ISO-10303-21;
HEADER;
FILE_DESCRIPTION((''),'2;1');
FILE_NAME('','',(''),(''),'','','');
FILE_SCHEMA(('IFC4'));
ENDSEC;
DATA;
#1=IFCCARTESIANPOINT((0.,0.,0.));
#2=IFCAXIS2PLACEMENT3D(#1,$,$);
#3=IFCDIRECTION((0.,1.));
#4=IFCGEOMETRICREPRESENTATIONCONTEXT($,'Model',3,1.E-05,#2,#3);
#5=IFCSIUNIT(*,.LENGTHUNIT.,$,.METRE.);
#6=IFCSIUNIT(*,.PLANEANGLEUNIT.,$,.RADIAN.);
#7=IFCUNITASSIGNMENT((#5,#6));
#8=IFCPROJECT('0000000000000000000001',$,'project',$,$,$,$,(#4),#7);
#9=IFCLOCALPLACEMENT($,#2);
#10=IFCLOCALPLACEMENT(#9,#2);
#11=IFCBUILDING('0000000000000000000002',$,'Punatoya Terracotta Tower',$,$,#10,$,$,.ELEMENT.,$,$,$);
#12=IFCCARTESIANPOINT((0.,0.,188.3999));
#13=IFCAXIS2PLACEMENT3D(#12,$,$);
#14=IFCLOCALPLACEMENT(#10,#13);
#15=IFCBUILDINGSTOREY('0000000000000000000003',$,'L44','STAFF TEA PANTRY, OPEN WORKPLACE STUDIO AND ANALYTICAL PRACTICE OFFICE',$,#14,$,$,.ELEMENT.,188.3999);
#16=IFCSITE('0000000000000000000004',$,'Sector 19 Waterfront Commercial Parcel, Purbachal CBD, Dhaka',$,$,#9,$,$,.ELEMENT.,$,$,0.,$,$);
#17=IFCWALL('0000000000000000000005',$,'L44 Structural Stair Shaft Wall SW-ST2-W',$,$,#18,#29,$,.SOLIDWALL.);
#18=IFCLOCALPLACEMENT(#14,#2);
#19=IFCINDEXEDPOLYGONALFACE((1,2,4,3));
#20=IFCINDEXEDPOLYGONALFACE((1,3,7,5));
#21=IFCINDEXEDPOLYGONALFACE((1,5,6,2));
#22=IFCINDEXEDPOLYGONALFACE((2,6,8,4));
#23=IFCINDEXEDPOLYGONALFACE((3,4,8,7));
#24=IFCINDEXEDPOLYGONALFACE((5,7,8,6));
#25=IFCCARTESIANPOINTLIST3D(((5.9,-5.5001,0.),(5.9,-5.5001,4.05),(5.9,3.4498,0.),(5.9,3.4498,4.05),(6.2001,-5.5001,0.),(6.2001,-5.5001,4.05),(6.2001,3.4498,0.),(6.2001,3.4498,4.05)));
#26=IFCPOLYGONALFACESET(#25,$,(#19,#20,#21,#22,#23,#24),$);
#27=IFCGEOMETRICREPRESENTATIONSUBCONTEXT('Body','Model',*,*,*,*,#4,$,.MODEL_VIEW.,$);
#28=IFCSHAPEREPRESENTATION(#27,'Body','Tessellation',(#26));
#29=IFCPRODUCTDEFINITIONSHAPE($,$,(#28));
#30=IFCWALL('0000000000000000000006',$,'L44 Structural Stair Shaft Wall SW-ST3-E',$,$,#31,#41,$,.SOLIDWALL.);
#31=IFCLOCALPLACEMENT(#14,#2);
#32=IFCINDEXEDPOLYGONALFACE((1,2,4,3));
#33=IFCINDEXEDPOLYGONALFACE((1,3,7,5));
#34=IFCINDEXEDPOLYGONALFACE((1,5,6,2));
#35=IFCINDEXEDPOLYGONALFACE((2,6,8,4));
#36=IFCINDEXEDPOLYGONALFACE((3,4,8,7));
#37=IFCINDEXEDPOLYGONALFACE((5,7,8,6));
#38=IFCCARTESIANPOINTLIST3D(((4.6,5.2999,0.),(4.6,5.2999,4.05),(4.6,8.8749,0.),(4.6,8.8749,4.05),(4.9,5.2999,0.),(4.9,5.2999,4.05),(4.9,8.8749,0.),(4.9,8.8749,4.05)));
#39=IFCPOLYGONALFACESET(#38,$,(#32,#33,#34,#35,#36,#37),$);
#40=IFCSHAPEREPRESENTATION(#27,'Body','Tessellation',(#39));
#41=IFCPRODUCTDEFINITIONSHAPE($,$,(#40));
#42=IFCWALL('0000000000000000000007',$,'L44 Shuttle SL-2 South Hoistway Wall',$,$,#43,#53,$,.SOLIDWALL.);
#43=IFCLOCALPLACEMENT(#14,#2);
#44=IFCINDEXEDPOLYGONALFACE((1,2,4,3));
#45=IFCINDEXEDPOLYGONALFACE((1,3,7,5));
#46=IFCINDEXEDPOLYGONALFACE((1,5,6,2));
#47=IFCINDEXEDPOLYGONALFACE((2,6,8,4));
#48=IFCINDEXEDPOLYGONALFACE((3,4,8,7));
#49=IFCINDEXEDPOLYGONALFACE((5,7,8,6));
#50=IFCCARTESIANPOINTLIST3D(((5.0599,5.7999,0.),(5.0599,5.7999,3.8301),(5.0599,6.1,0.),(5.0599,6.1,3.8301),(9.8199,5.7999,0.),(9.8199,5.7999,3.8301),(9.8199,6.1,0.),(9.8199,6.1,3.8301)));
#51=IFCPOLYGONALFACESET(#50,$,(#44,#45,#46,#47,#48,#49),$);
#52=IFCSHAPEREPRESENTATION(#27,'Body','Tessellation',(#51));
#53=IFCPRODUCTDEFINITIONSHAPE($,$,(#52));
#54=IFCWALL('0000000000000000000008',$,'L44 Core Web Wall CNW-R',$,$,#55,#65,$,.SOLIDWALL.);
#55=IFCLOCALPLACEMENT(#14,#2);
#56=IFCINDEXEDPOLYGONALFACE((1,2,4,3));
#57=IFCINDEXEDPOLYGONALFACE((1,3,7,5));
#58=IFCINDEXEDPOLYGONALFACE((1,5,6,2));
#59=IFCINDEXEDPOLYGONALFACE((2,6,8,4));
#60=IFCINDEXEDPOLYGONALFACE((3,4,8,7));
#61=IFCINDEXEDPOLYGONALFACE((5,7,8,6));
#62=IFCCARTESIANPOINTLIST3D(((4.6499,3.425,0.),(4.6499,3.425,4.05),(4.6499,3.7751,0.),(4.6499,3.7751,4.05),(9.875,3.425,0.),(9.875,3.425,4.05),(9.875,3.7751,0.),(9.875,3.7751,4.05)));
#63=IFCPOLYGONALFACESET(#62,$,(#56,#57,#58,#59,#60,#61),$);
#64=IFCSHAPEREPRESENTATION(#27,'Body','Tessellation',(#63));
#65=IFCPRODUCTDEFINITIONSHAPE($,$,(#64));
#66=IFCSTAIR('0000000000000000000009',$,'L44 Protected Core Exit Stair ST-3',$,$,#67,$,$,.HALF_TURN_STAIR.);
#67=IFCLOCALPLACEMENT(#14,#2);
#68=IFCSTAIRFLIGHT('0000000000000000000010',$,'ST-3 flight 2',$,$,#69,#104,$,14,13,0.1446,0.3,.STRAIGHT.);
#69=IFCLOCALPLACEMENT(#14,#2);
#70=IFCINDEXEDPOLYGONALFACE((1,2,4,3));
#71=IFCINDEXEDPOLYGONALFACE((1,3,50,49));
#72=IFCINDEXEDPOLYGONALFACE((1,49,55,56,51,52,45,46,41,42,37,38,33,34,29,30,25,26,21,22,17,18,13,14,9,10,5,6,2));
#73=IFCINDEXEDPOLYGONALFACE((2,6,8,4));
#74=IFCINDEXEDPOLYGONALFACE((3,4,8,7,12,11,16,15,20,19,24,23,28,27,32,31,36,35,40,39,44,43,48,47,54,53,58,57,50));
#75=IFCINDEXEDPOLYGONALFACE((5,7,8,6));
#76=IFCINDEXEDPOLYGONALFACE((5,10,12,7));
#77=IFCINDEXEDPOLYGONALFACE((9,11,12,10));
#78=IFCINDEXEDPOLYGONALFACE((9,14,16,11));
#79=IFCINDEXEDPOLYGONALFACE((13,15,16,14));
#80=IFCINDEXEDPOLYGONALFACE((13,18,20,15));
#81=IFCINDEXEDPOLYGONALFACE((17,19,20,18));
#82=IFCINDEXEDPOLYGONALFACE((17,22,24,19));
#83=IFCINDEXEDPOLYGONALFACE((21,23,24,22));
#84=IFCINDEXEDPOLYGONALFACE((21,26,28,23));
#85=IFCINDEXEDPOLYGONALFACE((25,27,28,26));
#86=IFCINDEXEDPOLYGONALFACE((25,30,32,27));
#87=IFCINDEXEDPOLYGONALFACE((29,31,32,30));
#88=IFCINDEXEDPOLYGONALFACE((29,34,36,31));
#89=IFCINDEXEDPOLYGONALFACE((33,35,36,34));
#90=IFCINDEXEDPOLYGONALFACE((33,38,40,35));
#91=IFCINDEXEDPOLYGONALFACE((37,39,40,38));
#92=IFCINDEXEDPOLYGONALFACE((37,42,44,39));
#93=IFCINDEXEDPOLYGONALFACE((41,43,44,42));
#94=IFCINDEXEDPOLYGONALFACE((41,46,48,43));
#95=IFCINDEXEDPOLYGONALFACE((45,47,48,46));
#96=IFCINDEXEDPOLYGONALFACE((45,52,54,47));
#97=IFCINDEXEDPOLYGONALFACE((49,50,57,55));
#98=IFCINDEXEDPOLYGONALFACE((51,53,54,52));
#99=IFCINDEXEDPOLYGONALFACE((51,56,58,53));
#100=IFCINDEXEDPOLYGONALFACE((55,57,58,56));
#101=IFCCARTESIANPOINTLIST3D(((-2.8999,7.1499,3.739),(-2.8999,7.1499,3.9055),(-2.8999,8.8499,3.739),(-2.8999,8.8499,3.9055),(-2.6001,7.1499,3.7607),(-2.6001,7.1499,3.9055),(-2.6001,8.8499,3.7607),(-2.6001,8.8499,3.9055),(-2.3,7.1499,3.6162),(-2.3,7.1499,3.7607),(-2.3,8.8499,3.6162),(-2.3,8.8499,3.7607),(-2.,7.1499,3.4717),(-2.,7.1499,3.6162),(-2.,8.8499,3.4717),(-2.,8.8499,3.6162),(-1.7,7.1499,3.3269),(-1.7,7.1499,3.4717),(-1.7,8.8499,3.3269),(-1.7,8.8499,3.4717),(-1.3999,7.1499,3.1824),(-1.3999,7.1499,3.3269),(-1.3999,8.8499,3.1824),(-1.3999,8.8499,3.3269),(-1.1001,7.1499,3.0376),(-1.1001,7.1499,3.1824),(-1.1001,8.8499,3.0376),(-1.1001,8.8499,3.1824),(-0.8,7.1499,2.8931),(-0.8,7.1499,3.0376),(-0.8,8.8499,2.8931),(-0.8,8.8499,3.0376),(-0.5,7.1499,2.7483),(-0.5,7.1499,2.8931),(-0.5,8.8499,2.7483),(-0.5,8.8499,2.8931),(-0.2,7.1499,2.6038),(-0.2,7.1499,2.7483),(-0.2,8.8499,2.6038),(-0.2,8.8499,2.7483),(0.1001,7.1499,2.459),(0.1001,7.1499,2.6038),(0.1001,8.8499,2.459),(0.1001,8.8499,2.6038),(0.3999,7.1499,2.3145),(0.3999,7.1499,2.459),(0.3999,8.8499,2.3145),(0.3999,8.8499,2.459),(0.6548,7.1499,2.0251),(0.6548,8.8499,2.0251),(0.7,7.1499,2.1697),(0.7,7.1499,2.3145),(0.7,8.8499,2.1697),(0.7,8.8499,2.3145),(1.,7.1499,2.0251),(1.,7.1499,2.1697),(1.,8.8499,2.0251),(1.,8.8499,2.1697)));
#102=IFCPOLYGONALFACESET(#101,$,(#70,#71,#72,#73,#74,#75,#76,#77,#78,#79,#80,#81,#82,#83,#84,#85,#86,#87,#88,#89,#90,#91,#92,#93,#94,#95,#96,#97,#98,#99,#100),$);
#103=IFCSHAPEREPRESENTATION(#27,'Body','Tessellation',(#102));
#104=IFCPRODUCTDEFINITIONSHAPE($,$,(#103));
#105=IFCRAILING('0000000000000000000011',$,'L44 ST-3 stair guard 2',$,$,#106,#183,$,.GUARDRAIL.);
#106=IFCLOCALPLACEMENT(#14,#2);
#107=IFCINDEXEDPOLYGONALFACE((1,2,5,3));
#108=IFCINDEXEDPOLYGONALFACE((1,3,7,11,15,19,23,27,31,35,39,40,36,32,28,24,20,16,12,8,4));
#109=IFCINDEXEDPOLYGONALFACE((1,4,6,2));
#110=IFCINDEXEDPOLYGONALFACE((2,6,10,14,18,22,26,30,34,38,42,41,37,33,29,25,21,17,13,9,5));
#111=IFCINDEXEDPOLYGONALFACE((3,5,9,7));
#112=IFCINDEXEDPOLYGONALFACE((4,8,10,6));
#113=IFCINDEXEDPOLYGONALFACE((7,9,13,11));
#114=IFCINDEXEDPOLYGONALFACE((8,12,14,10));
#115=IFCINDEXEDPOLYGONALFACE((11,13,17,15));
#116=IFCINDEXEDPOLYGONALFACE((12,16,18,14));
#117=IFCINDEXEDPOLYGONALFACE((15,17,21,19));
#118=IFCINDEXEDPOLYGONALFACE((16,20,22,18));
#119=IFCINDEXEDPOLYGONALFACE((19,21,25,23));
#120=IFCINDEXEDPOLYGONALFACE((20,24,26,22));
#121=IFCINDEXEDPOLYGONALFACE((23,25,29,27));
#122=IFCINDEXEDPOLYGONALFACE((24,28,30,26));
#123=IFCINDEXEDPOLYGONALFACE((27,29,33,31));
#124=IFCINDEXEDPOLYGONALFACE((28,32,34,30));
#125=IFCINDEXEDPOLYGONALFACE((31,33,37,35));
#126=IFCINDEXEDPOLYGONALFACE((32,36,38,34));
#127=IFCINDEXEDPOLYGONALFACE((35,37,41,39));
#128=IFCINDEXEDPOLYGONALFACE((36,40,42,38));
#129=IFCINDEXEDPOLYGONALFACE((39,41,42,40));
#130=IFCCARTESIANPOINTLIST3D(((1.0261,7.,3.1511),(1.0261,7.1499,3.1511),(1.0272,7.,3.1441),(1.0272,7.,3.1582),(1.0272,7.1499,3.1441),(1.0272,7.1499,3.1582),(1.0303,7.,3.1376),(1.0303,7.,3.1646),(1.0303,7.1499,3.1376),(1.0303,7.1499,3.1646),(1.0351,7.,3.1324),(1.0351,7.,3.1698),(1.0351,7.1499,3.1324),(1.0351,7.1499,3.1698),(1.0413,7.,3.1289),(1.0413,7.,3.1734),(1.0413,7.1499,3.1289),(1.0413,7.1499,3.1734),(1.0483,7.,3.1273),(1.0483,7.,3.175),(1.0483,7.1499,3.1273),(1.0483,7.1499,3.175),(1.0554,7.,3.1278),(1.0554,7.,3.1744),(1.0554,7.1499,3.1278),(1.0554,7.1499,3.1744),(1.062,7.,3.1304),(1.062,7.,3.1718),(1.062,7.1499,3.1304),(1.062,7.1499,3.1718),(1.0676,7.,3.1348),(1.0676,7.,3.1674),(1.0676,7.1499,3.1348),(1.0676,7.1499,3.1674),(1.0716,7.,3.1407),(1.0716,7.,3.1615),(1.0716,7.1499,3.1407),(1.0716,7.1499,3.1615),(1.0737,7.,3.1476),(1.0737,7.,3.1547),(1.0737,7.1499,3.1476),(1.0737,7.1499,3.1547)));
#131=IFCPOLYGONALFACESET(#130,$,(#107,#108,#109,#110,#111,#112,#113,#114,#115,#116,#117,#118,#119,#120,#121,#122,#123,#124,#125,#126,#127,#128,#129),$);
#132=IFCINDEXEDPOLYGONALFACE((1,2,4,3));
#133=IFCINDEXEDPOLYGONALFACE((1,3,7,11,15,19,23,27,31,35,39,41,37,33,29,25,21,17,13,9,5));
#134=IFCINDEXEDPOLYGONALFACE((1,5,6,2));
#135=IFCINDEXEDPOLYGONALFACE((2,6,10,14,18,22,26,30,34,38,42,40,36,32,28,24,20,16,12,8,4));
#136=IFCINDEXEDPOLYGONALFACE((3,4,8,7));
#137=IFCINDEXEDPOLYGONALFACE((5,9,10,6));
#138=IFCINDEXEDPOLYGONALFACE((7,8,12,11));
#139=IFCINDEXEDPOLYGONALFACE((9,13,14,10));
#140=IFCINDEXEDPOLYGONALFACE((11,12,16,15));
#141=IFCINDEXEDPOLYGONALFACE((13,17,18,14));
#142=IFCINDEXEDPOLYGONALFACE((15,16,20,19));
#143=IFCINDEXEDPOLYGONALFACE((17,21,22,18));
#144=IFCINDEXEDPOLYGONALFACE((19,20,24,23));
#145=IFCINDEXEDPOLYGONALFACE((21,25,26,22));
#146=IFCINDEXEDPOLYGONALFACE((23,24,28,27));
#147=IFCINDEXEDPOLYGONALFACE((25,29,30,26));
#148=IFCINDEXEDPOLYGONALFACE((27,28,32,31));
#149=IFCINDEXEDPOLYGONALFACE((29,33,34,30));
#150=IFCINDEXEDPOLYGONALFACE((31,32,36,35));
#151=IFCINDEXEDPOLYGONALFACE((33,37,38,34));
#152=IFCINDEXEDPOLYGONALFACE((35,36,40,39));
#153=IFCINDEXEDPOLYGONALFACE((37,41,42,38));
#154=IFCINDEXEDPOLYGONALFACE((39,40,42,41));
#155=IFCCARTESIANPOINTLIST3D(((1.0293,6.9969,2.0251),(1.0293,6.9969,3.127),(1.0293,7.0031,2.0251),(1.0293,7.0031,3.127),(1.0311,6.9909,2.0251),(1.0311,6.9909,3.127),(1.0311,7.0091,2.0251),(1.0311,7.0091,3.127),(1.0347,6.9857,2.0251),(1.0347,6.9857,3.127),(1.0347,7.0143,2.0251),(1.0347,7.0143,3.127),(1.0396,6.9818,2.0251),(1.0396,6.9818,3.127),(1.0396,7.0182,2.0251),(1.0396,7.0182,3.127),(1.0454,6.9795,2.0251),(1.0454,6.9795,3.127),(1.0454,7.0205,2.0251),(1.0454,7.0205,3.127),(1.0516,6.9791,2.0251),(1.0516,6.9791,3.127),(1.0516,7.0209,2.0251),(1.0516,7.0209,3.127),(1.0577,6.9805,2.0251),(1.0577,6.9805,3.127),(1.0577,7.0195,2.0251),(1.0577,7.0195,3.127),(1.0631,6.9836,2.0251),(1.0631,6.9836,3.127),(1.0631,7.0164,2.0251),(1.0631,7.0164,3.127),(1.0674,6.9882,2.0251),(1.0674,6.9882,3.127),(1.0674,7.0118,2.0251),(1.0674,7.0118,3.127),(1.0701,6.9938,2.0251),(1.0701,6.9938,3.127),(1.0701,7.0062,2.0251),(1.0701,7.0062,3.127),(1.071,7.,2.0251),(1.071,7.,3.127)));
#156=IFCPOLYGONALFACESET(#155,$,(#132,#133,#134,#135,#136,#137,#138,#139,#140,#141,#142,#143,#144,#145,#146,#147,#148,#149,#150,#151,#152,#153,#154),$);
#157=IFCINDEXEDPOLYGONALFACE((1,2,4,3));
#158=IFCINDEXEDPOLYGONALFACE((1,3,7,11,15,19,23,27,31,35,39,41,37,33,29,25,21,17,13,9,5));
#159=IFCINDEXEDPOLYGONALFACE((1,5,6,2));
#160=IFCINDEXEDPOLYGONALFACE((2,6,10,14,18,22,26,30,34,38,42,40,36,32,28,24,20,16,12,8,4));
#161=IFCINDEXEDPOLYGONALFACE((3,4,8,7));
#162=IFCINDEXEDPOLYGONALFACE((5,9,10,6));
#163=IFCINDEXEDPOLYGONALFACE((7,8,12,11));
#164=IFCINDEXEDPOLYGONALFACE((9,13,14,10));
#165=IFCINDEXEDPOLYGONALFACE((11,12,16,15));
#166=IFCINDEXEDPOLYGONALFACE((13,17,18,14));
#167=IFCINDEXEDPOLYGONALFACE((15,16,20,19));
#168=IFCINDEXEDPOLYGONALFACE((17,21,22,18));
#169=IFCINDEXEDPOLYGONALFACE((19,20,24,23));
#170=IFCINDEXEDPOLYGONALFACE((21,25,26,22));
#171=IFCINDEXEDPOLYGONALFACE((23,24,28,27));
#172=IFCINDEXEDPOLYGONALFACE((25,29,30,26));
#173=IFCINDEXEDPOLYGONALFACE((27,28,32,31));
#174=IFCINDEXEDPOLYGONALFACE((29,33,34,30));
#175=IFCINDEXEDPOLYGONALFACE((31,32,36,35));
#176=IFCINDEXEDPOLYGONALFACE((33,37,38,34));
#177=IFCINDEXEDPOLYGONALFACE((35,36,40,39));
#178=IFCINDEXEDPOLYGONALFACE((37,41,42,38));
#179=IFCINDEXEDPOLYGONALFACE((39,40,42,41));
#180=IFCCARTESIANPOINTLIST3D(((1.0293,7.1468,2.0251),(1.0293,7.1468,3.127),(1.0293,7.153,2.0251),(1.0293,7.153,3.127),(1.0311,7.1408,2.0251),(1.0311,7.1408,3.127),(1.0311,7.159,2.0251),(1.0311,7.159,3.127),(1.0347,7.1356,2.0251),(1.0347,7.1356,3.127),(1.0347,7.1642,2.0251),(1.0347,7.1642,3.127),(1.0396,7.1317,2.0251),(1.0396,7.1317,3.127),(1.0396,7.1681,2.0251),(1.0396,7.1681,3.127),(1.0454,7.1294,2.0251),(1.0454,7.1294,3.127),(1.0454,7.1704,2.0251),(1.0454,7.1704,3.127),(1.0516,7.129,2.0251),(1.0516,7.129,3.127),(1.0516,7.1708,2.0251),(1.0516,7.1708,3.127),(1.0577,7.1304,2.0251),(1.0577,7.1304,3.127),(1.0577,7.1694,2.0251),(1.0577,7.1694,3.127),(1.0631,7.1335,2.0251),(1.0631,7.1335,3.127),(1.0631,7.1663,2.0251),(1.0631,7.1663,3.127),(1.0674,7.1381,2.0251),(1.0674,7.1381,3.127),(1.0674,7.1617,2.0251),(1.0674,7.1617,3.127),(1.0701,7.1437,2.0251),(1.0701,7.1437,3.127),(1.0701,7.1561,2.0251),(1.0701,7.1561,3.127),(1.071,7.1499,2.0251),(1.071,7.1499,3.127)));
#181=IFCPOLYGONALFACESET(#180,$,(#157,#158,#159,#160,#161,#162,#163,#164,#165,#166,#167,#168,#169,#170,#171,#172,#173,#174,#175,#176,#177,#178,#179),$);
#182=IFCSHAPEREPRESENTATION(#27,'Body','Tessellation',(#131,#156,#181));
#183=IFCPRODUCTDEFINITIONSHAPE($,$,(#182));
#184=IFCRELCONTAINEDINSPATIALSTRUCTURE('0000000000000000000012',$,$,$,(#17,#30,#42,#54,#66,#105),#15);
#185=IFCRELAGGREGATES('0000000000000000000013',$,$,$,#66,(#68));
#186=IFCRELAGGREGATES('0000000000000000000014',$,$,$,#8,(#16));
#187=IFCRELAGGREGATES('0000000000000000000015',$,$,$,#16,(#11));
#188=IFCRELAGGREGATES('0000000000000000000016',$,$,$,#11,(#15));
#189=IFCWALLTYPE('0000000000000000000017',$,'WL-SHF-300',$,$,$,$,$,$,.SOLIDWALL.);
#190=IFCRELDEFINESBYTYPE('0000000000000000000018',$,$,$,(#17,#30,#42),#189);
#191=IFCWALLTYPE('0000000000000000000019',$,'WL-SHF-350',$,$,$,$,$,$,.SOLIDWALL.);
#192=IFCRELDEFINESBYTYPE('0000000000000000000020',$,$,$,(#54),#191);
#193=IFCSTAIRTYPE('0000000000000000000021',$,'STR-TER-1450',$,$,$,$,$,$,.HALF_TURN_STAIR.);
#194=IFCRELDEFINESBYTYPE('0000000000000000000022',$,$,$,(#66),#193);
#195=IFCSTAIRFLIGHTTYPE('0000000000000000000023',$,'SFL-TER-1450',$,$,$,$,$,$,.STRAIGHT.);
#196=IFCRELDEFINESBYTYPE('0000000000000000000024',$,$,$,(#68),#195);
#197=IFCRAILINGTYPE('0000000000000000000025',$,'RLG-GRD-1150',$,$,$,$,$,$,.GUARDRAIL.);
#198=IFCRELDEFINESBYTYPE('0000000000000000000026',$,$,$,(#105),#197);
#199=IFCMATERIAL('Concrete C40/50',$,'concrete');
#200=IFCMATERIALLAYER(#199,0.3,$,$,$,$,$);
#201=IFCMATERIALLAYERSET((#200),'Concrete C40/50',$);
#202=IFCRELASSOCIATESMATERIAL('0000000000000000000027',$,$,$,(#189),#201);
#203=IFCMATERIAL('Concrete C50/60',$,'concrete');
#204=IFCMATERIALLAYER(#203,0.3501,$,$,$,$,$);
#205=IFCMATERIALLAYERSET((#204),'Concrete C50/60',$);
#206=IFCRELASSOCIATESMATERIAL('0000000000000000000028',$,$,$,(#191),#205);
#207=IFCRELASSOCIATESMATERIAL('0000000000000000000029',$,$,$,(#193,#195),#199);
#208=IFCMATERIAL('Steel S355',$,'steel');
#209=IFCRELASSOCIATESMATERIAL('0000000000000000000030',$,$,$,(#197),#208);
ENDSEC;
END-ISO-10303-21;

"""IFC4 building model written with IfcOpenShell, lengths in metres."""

from ifc_helpers import new_model, si_unit, direction, frame, frame_2d, origin, origin_2d, place, context, subcontext, project, spatial, polyline, rectangle, circle, outline, extrude, material, layer, layer_set, type_object, element, aggregate, save


model = new_model("IFC4")

# Units and contexts
model_context = context("Model", 3, precision=1e-05, world=origin(), true_north=direction((0.0, 1.0)))
body_context = subcontext(model_context, "Body", "Model", "MODEL_VIEW")
ifc_project = project(units=[si_unit("LENGTHUNIT", "METRE"), si_unit("PLANEANGLEUNIT", "RADIAN")], contexts=[model_context])

# Site, building, storey
site_placement = place(None, origin())
site = spatial("IfcSite", under=ifc_project, at=site_placement, Name="Sector 19 Waterfront Commercial Parcel, Purbachal CBD, Dhaka", CompositionType="ELEMENT", RefElevation=0.0)
building_placement = place(site_placement, origin())
building = spatial("IfcBuilding", under=site, at=building_placement, Name="Punatoya Terracotta Tower", CompositionType="ELEMENT")
storey_placement = place(building_placement, frame((0.0, 0.0, 188.3999)))
storey = spatial("IfcBuildingStorey", under=building, at=storey_placement, Name="L44", Description="STAFF TEA PANTRY, OPEN WORKPLACE STUDIO AND ANALYTICAL PRACTICE OFFICE", CompositionType="ELEMENT", Elevation=188.3999)

# Shared definitions
ifc_material_1 = material(Name="Steel S355", Category="steel")

# Walls
ifc_material_2 = material(Name="Concrete C40/50", Category="concrete")
ifc_layer_1 = layer(ifc_material_2, 0.3)
ifc_layer_set_1 = layer_set([ifc_layer_1], Name="Concrete C40/50")
wall_type_1 = type_object("IfcWallType", Name="WL-SHF-300", PredefinedType="SOLIDWALL", material=ifc_layer_set_1)
wall_1_placement = place(storey_placement, frame((6.05, 3.45, 0.0), z_axis=(0.0, 0.0, 1.0), x_axis=(0.0, -1.0, 0.0)))
element("IfcWall", 1, at=wall_1_placement, inside=storey, type_object=wall_type_1, Name="L44 Structural Stair Shaft Wall SW-ST2-W", PredefinedType="SOLIDWALL", context=body_context, shape_type="SweptSolid", body=[
    extrude(rectangle(XDim=8.95, YDim=0.3, at=frame_2d((4.4751, 0.0))), origin(), (0.0, 0.0, 1.0), 4.05),
])
wall_2_placement = place(storey_placement, frame((4.75, 8.875, 0.0), z_axis=(0.0, 0.0, 1.0), x_axis=(0.0, -1.0, 0.0)))
element("IfcWall", 2, at=wall_2_placement, inside=storey, type_object=wall_type_1, Name="L44 Structural Stair Shaft Wall SW-ST3-E", PredefinedType="SOLIDWALL", context=body_context, shape_type="SweptSolid", body=[
    extrude(rectangle(XDim=3.575, YDim=0.3, at=frame_2d((1.7876, 0.0))), origin(), (0.0, 0.0, 1.0), 4.05),
])
wall_3_placement = place(storey_placement, frame((5.0601, 5.95, 0.0), z_axis=(0.0, 0.0, 1.0), x_axis=(1.0, 0.0, 0.0)))
element("IfcWall", 3, at=wall_3_placement, inside=storey, type_object=wall_type_1, Name="L44 Shuttle SL-2 South Hoistway Wall", PredefinedType="SOLIDWALL", context=body_context, shape_type="SweptSolid", body=[
    extrude(rectangle(XDim=4.76, YDim=0.3, at=frame_2d((2.3799, 0.0))), origin(), (0.0, 0.0, 1.0), 3.8301),
])
ifc_material_3 = material(Name="Concrete C50/60", Category="concrete")
ifc_layer_2 = layer(ifc_material_3, 0.3501)
ifc_layer_set_2 = layer_set([ifc_layer_2], Name="Concrete C50/60")
wall_type_2 = type_object("IfcWallType", Name="WL-SHF-350", PredefinedType="SOLIDWALL", material=ifc_layer_set_2)
wall_4_placement = place(storey_placement, frame((4.6499, 3.6001, 0.0), z_axis=(0.0, 0.0, 1.0), x_axis=(1.0, 0.0, 0.0)))
element("IfcWall", 4, at=wall_4_placement, inside=storey, type_object=wall_type_2, Name="L44 Core Web Wall CNW-R", PredefinedType="SOLIDWALL", context=body_context, shape_type="SweptSolid", body=[
    extrude(rectangle(XDim=5.2251, YDim=0.3501, at=frame_2d((2.6125, 0.0))), origin(), (0.0, 0.0, 1.0), 4.05),
])

# Stair, stair flight
stair_type = type_object("IfcStairType", Name="STR-TER-1450", PredefinedType="HALF_TURN_STAIR", material=ifc_material_2)
stair_placement = place(storey_placement, origin())
stair = element("IfcStair", 5, at=stair_placement, inside=storey, type_object=stair_type, Name="L44 Protected Core Exit Stair ST-3", PredefinedType="HALF_TURN_STAIR")
stair_flight_type = type_object("IfcStairFlightType", Name="SFL-TER-1450", PredefinedType="STRAIGHT", material=ifc_material_2)
stair_flight_placement = place(storey_placement, frame((1.0, 8.0, 2.0251), z_axis=(0.0, 0.0, 1.0), x_axis=(-1.0, 0.0, 0.0)))
stair_flight = element("IfcStairFlight", 6, at=stair_flight_placement, type_object=stair_flight_type, Name="ST-3 flight 2", NumberOfRisers=14, NumberOfTreads=13, PredefinedType="STRAIGHT", RiserHeight=0.1446, TreadLength=0.3, context=body_context, shape_type="SweptSolid", body=[
    extrude(outline(polyline([(0.0, 0.0), (0.0, 0.1445), (0.3, 0.1445), (0.3, 0.2893), (0.6001, 0.2893), (0.6001, 0.4338), (0.8999, 0.4338), (0.8999, 0.5786), (1.2, 0.5786), (1.2, 0.7231), (1.5, 0.7231), (1.5, 0.8679), (1.8, 0.8679), (1.8, 1.0125), (2.1001, 1.0125), (2.1001, 1.1572), (2.3999, 1.1572), (2.3999, 1.3018), (2.7, 1.3018), (2.7, 1.4465), (3.0, 1.4465), (3.0, 1.5911), (3.3, 1.5911), (3.3, 1.7356), (3.6001, 1.7356), (3.6001, 1.8804), (3.8999, 1.8804), (3.8999, 2.0249), (3.8999, 1.7139), (0.3452, 0.0), (0.0, 0.0)])), frame((0.0, 0.8501, 0.0), z_axis=(0.0, -1.0, 0.0), x_axis=(1.0, 0.0, 0.0)), (0.0, 0.0, 1.0), 1.7),
])
aggregate(stair, [stair_flight])

# Railing
railing_type_1 = type_object("IfcRailingType", Name="RLG-GRD-1150", PredefinedType="GUARDRAIL", material=ifc_material_1)
railing_1_placement = place(storey_placement, frame((1.05, 7.0, 2.0251)))
element("IfcRailing", 7, at=railing_1_placement, inside=storey, type_object=railing_type_1, Name="L44 ST-3 stair guard 2", PredefinedType="GUARDRAIL", context=body_context, shape_type="SweptSolid", body=[
    extrude(circle(Radius=0.0239, at=origin_2d()), frame((0.0, 0.0, 1.126), z_axis=(0.0, 1.0, 0.0), x_axis=(-1.0, 0.0, 0.0)), (0.0, 0.0, 1.0), 0.1499),
    extrude(circle(Radius=0.021, at=origin_2d()), origin(), (0.0, 0.0, 1.0), 1.1018),
    extrude(circle(Radius=0.021, at=origin_2d()), frame((0.0, 0.1499, 0.0)), (0.0, 0.0, 1.0), 1.1018),
])

save(model, "model.ifc")
